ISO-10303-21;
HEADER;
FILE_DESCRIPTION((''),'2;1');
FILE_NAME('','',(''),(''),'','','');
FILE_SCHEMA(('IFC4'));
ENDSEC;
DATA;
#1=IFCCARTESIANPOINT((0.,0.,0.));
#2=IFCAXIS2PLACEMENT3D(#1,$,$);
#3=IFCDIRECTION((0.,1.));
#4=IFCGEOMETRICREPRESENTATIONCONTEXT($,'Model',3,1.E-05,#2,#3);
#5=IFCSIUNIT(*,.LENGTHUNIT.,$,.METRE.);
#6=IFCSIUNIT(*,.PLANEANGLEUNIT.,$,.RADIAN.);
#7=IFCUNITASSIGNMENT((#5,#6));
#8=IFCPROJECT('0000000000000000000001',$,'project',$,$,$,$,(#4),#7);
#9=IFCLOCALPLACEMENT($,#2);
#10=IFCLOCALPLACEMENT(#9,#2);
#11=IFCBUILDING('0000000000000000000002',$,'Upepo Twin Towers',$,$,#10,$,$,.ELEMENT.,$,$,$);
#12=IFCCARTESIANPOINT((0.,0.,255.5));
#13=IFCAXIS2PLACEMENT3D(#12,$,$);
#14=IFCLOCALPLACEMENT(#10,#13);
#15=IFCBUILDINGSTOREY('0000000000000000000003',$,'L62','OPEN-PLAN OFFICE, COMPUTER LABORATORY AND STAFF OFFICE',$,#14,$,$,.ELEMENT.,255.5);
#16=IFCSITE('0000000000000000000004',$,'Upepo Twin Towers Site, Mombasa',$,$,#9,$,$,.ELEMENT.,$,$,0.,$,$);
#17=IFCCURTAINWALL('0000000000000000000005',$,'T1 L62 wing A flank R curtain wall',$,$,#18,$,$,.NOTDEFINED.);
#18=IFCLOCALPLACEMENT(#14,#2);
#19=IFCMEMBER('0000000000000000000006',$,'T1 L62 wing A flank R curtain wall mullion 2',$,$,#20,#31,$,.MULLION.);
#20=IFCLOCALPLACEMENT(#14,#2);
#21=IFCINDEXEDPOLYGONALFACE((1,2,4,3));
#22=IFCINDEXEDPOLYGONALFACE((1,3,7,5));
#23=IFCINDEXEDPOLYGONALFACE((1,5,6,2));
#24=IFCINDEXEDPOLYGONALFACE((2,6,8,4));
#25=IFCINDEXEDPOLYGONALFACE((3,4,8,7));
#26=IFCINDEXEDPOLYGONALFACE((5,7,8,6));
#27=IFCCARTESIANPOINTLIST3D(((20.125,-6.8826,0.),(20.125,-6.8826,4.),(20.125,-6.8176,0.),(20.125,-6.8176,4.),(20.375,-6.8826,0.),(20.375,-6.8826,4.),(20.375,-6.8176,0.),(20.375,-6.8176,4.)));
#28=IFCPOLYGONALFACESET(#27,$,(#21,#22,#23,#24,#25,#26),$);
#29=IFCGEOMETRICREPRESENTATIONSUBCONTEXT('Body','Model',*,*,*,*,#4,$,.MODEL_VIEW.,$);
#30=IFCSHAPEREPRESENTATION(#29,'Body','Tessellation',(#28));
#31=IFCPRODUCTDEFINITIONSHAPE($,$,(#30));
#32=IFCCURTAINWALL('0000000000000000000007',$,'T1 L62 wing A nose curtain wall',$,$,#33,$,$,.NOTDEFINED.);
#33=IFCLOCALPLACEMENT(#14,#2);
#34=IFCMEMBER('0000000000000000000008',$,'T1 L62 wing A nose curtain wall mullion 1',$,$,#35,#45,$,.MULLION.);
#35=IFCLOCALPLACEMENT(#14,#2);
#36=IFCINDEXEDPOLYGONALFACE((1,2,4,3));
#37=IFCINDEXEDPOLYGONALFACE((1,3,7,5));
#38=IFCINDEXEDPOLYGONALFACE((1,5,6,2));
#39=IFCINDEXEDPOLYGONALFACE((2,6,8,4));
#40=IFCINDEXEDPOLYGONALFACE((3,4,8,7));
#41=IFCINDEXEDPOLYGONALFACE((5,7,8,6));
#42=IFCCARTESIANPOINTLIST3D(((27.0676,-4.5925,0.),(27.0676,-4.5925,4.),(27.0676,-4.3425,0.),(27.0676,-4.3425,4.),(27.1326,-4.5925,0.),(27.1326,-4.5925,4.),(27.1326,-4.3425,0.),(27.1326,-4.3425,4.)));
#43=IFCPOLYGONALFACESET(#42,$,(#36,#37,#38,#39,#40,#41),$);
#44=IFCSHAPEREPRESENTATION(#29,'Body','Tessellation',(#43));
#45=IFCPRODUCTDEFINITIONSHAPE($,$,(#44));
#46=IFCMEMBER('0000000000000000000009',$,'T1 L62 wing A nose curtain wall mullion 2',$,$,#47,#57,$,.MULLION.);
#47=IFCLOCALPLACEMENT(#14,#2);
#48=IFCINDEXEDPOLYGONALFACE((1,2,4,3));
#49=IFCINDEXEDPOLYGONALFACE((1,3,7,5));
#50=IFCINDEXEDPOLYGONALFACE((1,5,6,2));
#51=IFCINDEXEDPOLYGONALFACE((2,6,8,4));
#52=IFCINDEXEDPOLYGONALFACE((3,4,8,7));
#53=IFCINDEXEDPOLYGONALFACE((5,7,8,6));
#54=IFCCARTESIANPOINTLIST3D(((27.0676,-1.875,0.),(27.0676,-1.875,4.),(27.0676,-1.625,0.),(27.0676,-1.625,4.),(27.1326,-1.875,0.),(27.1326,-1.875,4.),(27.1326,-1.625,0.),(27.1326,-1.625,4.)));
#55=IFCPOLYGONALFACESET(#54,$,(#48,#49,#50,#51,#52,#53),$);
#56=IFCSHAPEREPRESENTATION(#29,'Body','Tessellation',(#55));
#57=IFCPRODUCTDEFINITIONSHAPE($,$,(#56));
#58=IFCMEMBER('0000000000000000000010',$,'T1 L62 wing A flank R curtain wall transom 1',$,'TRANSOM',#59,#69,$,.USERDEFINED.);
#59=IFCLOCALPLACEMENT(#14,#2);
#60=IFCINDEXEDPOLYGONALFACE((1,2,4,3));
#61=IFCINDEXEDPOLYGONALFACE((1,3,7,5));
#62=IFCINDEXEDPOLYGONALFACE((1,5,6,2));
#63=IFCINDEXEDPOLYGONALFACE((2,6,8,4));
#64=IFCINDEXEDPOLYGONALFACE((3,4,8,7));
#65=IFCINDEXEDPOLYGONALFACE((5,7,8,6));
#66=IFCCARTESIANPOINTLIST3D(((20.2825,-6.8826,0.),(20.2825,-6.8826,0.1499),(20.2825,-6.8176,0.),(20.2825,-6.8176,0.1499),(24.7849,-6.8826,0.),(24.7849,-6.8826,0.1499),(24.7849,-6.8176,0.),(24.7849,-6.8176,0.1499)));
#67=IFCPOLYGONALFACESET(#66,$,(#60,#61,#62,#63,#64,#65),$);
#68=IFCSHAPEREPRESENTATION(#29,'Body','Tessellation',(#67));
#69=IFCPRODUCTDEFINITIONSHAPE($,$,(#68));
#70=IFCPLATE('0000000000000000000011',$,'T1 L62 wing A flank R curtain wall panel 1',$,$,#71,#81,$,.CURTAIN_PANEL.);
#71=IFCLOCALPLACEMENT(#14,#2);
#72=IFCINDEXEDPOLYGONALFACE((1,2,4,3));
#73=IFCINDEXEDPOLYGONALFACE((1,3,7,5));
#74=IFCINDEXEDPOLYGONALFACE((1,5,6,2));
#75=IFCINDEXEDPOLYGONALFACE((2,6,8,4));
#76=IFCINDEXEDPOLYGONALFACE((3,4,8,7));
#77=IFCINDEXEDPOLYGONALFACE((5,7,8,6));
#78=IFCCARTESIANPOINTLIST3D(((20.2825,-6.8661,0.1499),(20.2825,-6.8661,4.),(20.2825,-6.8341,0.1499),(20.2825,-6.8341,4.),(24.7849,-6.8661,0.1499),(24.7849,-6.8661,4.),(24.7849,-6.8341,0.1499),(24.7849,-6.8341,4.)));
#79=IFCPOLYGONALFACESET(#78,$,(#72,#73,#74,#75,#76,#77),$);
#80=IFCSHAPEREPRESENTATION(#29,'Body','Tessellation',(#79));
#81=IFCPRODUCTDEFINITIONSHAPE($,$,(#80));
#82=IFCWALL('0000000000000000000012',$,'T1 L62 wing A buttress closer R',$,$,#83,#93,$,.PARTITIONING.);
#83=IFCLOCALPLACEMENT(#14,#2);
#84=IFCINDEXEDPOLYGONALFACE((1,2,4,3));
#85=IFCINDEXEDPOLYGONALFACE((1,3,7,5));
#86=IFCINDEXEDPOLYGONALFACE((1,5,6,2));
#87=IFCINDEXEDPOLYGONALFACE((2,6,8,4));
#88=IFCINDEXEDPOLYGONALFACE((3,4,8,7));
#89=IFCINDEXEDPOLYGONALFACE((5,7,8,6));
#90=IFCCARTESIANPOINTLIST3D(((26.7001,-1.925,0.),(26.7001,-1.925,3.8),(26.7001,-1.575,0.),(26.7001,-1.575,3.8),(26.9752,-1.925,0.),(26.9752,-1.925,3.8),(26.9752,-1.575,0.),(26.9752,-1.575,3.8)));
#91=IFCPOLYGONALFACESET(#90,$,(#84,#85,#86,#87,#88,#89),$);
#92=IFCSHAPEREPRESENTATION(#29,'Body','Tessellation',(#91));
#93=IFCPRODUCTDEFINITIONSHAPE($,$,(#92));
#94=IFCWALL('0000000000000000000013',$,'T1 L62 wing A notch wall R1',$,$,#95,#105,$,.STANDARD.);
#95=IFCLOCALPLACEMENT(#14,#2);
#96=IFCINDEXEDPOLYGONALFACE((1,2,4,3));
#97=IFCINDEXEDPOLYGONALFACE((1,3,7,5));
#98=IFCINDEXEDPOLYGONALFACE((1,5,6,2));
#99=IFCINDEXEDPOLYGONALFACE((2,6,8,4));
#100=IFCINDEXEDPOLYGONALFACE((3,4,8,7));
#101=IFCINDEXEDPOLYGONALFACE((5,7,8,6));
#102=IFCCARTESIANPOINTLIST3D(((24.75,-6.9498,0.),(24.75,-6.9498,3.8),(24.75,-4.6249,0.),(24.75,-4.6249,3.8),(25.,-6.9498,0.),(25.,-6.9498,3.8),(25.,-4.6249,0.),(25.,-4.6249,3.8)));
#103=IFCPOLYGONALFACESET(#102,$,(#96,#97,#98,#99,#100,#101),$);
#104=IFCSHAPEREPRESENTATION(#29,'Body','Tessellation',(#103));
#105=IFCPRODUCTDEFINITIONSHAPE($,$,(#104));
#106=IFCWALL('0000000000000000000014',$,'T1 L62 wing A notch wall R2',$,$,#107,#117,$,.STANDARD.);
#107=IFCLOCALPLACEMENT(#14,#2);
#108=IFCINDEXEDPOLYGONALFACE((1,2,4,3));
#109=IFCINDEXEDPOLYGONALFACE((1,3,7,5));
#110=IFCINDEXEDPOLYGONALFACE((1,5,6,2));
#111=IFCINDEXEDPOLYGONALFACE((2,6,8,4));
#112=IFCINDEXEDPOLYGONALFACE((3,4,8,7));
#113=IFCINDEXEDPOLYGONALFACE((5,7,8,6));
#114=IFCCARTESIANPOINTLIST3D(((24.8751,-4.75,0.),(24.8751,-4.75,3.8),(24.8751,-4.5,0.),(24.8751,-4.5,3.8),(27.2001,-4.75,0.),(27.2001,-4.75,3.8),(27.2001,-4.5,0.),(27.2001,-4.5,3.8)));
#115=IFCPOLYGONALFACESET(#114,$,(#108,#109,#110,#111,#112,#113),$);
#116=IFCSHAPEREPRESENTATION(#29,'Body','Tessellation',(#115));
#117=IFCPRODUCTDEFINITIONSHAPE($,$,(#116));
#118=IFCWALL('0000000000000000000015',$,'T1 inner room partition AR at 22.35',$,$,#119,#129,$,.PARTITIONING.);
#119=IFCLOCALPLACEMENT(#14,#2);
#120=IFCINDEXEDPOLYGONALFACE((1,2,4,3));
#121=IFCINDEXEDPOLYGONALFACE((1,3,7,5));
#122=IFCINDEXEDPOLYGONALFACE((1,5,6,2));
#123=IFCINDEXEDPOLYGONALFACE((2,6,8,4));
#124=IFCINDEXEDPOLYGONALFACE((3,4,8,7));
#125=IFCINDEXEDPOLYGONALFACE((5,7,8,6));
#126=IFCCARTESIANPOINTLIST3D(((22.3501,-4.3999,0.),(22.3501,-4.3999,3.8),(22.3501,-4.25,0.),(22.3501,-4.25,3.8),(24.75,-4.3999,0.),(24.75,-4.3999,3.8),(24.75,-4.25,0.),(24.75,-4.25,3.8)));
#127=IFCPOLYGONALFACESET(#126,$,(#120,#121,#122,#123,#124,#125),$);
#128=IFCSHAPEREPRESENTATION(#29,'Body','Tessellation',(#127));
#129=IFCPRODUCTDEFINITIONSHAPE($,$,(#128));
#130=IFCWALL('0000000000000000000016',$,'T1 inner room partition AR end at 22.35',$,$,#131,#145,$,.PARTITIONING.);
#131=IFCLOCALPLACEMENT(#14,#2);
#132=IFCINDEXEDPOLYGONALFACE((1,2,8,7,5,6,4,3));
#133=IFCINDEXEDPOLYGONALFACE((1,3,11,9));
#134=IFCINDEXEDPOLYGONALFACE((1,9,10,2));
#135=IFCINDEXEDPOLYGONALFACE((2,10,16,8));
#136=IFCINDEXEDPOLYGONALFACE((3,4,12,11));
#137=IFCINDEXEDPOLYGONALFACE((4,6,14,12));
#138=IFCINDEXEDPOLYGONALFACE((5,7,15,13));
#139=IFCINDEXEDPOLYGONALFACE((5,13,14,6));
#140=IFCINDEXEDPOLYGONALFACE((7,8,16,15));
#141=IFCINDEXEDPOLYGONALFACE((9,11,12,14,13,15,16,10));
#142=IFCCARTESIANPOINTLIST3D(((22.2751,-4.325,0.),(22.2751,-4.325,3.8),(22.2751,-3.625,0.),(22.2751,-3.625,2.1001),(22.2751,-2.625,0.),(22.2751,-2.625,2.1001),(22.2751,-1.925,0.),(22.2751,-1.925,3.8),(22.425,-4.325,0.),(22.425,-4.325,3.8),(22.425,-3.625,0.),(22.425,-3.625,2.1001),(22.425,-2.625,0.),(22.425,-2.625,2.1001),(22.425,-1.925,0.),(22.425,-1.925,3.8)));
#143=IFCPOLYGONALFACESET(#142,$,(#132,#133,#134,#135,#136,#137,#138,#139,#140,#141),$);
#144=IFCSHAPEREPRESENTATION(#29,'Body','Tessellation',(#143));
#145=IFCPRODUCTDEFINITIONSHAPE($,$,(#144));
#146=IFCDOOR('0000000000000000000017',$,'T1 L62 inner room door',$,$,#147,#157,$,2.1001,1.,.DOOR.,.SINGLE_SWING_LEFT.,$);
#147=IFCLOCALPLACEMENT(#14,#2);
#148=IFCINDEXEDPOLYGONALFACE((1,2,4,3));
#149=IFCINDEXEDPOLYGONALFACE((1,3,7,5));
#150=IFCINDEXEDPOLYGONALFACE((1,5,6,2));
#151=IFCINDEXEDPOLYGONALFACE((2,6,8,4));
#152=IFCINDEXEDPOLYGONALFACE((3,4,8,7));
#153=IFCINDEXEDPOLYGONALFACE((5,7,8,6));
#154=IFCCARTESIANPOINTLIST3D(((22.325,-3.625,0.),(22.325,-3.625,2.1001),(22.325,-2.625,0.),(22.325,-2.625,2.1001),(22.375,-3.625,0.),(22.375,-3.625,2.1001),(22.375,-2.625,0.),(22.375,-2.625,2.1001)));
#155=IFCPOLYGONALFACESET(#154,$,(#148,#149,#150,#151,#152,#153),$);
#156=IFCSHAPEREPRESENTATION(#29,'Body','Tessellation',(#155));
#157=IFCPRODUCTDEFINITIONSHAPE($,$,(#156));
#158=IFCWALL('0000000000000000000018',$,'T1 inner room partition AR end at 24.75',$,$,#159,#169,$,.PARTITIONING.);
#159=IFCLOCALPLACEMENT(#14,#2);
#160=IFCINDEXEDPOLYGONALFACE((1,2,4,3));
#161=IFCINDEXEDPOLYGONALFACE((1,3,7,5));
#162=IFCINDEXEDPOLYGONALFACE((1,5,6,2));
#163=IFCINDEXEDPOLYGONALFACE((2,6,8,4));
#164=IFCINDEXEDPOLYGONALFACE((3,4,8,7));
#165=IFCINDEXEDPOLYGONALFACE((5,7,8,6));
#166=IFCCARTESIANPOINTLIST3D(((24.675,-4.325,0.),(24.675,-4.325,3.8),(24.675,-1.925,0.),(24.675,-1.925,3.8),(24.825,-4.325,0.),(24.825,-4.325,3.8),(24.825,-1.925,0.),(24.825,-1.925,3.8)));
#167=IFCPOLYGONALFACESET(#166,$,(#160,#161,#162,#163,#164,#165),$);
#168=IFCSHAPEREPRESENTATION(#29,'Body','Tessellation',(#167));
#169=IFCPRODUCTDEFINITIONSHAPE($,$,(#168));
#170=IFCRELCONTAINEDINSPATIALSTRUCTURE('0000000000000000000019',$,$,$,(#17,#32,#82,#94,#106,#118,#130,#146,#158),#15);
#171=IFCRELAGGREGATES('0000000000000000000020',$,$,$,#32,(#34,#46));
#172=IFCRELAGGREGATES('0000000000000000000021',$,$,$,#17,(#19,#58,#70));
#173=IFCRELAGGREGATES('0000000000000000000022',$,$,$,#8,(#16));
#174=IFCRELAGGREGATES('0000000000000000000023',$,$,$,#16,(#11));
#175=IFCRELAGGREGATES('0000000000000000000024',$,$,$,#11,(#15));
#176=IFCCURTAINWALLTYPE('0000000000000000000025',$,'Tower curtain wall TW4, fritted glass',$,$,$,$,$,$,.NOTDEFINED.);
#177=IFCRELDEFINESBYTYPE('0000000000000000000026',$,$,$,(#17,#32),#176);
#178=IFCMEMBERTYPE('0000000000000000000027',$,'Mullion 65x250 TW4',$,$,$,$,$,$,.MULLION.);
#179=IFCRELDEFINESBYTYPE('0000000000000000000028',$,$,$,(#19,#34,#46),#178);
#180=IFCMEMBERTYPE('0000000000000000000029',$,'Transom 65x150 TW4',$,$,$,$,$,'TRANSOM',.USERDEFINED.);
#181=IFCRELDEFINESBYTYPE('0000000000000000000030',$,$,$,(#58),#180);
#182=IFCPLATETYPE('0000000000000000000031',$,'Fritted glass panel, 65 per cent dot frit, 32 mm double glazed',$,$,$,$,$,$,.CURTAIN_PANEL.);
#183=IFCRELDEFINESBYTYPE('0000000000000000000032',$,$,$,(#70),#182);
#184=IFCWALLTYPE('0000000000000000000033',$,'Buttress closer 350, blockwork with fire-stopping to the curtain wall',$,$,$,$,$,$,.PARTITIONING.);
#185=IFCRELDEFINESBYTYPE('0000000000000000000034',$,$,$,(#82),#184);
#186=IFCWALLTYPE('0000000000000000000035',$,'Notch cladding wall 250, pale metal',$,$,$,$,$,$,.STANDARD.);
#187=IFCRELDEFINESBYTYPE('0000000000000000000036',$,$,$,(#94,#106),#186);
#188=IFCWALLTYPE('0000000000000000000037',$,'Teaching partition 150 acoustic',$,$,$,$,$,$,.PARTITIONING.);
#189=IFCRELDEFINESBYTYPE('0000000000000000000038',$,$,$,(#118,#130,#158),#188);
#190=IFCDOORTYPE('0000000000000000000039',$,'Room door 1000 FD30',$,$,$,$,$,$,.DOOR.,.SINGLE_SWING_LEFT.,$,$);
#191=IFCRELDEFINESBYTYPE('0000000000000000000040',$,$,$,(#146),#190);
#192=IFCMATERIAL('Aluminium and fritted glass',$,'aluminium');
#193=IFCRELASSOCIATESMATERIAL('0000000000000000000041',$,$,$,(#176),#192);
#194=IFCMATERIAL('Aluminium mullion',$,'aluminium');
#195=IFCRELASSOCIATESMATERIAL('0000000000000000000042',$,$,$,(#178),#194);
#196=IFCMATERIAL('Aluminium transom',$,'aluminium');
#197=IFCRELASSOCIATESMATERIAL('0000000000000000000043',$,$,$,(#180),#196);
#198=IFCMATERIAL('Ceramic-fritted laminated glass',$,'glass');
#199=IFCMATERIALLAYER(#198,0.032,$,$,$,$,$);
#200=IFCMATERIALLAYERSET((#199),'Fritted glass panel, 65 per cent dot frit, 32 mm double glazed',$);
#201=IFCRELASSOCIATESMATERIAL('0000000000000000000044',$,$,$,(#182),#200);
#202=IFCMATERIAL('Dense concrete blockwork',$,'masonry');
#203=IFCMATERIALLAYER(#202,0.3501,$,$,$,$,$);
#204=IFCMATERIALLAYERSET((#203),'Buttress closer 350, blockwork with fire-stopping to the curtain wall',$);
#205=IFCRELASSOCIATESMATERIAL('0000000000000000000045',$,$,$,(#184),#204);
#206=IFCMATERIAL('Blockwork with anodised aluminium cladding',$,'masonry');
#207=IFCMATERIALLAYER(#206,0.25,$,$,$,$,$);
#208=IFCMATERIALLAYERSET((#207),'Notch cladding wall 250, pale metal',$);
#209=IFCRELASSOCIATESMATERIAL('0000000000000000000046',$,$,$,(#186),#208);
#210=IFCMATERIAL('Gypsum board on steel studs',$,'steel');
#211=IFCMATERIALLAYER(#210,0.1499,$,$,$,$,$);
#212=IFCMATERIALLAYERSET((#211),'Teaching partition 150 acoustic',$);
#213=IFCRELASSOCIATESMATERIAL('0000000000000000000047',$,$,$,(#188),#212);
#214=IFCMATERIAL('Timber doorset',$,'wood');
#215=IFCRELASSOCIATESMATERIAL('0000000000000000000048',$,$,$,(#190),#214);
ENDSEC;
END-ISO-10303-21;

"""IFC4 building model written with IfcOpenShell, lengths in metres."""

from ifc_helpers import new_model, si_unit, direction, frame, frame_2d, origin, origin_2d, place, context, subcontext, project, spatial, rectangle, extrude, material, layer, layer_set, material_profile, profile_set, type_object, element, fill, aggregate, save


model = new_model("IFC4")

# Units and contexts
model_context = context("Model", 3, precision=1e-05, world=origin(), true_north=direction((0.0, 1.0)))
body_context = subcontext(model_context, "Body", "Model", "MODEL_VIEW")
ifc_project = project(units=[si_unit("LENGTHUNIT", "METRE"), si_unit("PLANEANGLEUNIT", "RADIAN")], contexts=[model_context])

# Site, building, storey
site_placement = place(None, origin())
site = spatial("IfcSite", under=ifc_project, at=site_placement, Name="Upepo Twin Towers Site, Mombasa", CompositionType="ELEMENT", RefElevation=0.0)
building_placement = place(site_placement, origin())
building = spatial("IfcBuilding", under=site, at=building_placement, Name="Upepo Twin Towers", CompositionType="ELEMENT")
storey_placement = place(building_placement, frame((0.0, 0.0, 255.5)))
storey = spatial("IfcBuildingStorey", under=building, at=storey_placement, Name="L62", Description="OPEN-PLAN OFFICE, COMPUTER LABORATORY AND STAFF OFFICE", CompositionType="ELEMENT", Elevation=255.5)

# Curtain walls, members
ifc_material_1 = material(Name="Aluminium and fritted glass", Category="aluminium")
curtain_wall_type = type_object("IfcCurtainWallType", Name="Tower curtain wall TW4, fritted glass", PredefinedType="NOTDEFINED", material=ifc_material_1)
curtain_wall_1_placement = place(storey_placement, origin())
curtain_wall_1 = element("IfcCurtainWall", 1, at=curtain_wall_1_placement, inside=storey, type_object=curtain_wall_type, Name="T1 L62 wing A flank R curtain wall", PredefinedType="NOTDEFINED")
ifc_material_2 = material(Name="Aluminium mullion", Category="aluminium")
ifc_material_profile_1 = material_profile(ifc_material_2, rectangle(XDim=0.0649, YDim=0.25, at=origin_2d()), Name="MULLION 65x250")
ifc_profile_set_1 = profile_set([ifc_material_profile_1], Name="Aluminium mullion")
member_type_1 = type_object("IfcMemberType", Name="Mullion 65x250 TW4", PredefinedType="MULLION", material=ifc_profile_set_1)
member_1_placement = place(storey_placement, frame((20.25, -6.8501, 0.0), z_axis=(0.0, 0.0, 1.0), x_axis=(0.0, -1.0, 0.0)))
member_1 = element("IfcMember", 2, at=member_1_placement, type_object=member_type_1, Name="T1 L62 wing A flank R curtain wall mullion 2", PredefinedType="MULLION", context=body_context, shape_type="SweptSolid", body=[
    extrude(rectangle(XDim=0.0649, YDim=0.25, at=origin_2d()), origin(), (0.0, 0.0, 1.0), 4.0),
])
curtain_wall_2_placement = place(storey_placement, origin())
curtain_wall_2 = element("IfcCurtainWall", 3, at=curtain_wall_2_placement, inside=storey, type_object=curtain_wall_type, Name="T1 L62 wing A nose curtain wall", PredefinedType="NOTDEFINED")
member_2_placement = place(storey_placement, frame((27.1001, -4.4675, 0.0), z_axis=(0.0, 0.0, 1.0), x_axis=(-1.0, 0.0, 0.0)))
member_2 = element("IfcMember", 4, at=member_2_placement, type_object=member_type_1, Name="T1 L62 wing A nose curtain wall mullion 1", PredefinedType="MULLION", context=body_context, shape_type="SweptSolid", body=[
    extrude(rectangle(XDim=0.0649, YDim=0.25, at=origin_2d()), origin(), (0.0, 0.0, 1.0), 4.0),
])
member_3_placement = place(storey_placement, frame((27.1001, -1.75, 0.0), z_axis=(0.0, 0.0, 1.0), x_axis=(-1.0, 0.0, 0.0)))
member_3 = element("IfcMember", 5, at=member_3_placement, type_object=member_type_1, Name="T1 L62 wing A nose curtain wall mullion 2", PredefinedType="MULLION", context=body_context, shape_type="SweptSolid", body=[
    extrude(rectangle(XDim=0.0649, YDim=0.25, at=origin_2d()), origin(), (0.0, 0.0, 1.0), 4.0),
])
aggregate(curtain_wall_2, [member_2, member_3])

# Member
ifc_material_3 = material(Name="Aluminium transom", Category="aluminium")
ifc_material_profile_2 = material_profile(ifc_material_3, rectangle(XDim=0.0649, YDim=0.1499, at=origin_2d()), Name="TRANSOM 65x150")
ifc_profile_set_2 = profile_set([ifc_material_profile_2], Name="Aluminium transom")
member_type_2 = type_object("IfcMemberType", Name="Transom 65x150 TW4", ElementType="TRANSOM", PredefinedType="USERDEFINED", material=ifc_profile_set_2)
member_4_placement = place(storey_placement, frame((24.7849, -6.8501, 0.075), z_axis=(-1.0, 0.0, 0.0), x_axis=(0.0, -1.0, 0.0)))
member_4 = element("IfcMember", 6, at=member_4_placement, type_object=member_type_2, Name="T1 L62 wing A flank R curtain wall transom 1", ObjectType="TRANSOM", PredefinedType="USERDEFINED", context=body_context, shape_type="SweptSolid", body=[
    extrude(rectangle(XDim=0.0649, YDim=0.1499, at=origin_2d()), origin(), (0.0, 0.0, 1.0), 4.5024),
])

# Plate
ifc_material_4 = material(Name="Ceramic-fritted laminated glass", Category="glass")
ifc_layer_1 = layer(ifc_material_4, 0.032)
ifc_layer_set_1 = layer_set([ifc_layer_1], Name="Fritted glass panel, 65 per cent dot frit, 32 mm double glazed")
plate_type = type_object("IfcPlateType", Name="Fritted glass panel, 65 per cent dot frit, 32 mm double glazed", PredefinedType="CURTAIN_PANEL", material=ifc_layer_set_1)
plate_placement = place(storey_placement, frame((22.5337, -6.8501, 0.1499), z_axis=(0.0, 0.0, 1.0), x_axis=(-1.0, 0.0, 0.0)))
plate = element("IfcPlate", 7, at=plate_placement, type_object=plate_type, Name="T1 L62 wing A flank R curtain wall panel 1", PredefinedType="CURTAIN_PANEL", context=body_context, shape_type="SweptSolid", body=[
    extrude(rectangle(XDim=4.5024, YDim=0.032, at=origin_2d()), origin(), (0.0, 0.0, 1.0), 3.8501),
])
aggregate(curtain_wall_1, [member_1, member_4, plate])

# Walls
ifc_material_5 = material(Name="Dense concrete blockwork", Category="masonry")
ifc_layer_2 = layer(ifc_material_5, 0.3501)
ifc_layer_set_2 = layer_set([ifc_layer_2], Name="Buttress closer 350, blockwork with fire-stopping to the curtain wall")
wall_type_1 = type_object("IfcWallType", Name="Buttress closer 350, blockwork with fire-stopping to the curtain wall", PredefinedType="PARTITIONING", material=ifc_layer_set_2)
wall_1_placement = place(storey_placement, frame((26.7, -1.75, 0.0), z_axis=(0.0, 0.0, 1.0), x_axis=(1.0, 0.0, 0.0)))
element("IfcWall", 8, at=wall_1_placement, inside=storey, type_object=wall_type_1, Name="T1 L62 wing A buttress closer R", PredefinedType="PARTITIONING", context=body_context, shape_type="SweptSolid", body=[
    extrude(rectangle(XDim=0.2751, YDim=0.3501, at=frame_2d((0.1377, 0.0))), origin(), (0.0, 0.0, 1.0), 3.8),
])
ifc_material_6 = material(Name="Blockwork with anodised aluminium cladding", Category="masonry")
ifc_layer_3 = layer(ifc_material_6, 0.25)
ifc_layer_set_3 = layer_set([ifc_layer_3], Name="Notch cladding wall 250, pale metal")
wall_type_2 = type_object("IfcWallType", Name="Notch cladding wall 250, pale metal", PredefinedType="STANDARD", material=ifc_layer_set_3)
for number, where, z_axis, x_axis, name in (
    (9, (24.875, -6.95, 0.0), (0.0, 0.0, 1.0), (0.0, 1.0, 0.0), "T1 L62 wing A notch wall R1"),
    (10, (24.875, -4.625, 0.0), (0.0, 0.0, 1.0), (1.0, 0.0, 0.0), "T1 L62 wing A notch wall R2"),
):
    element("IfcWall", number, at=place(storey_placement, frame(where, z_axis=z_axis, x_axis=x_axis)), inside=storey, type_object=wall_type_2, Name=name, PredefinedType="STANDARD", context=body_context, shape_type="SweptSolid", body=[
        extrude(rectangle(XDim=2.325, YDim=0.25, at=frame_2d((1.1626, 0.0))), origin(), (0.0, 0.0, 1.0), 3.8),
    ])
ifc_material_7 = material(Name="Gypsum board on steel studs", Category="steel")
ifc_layer_4 = layer(ifc_material_7, 0.1499)
ifc_layer_set_4 = layer_set([ifc_layer_4], Name="Teaching partition 150 acoustic")
wall_type_3 = type_object("IfcWallType", Name="Teaching partition 150 acoustic", PredefinedType="PARTITIONING", material=ifc_layer_set_4)
wall_2_placement = place(storey_placement, frame((22.3501, -4.325, 0.0), z_axis=(0.0, 0.0, 1.0), x_axis=(1.0, 0.0, 0.0)))
element("IfcWall", 11, at=wall_2_placement, inside=storey, type_object=wall_type_3, Name="T1 inner room partition AR at 22.35", PredefinedType="PARTITIONING", context=body_context, shape_type="SweptSolid", body=[
    extrude(rectangle(XDim=2.3999, YDim=0.1499, at=frame_2d((1.2, 0.0))), origin(), (0.0, 0.0, 1.0), 3.8),
])

# Wall, opening, door
wall_3_placement = place(storey_placement, frame((22.3501, -1.925, 0.0), z_axis=(0.0, 0.0, 1.0), x_axis=(0.0, -1.0, 0.0)))
wall_3 = element("IfcWall", 12, at=wall_3_placement, inside=storey, type_object=wall_type_3, Name="T1 inner room partition AR end at 22.35", PredefinedType="PARTITIONING", context=body_context, shape_type="SweptSolid", body=[
    extrude(rectangle(XDim=2.3999, YDim=0.1499, at=frame_2d((1.2, 0.0))), origin(), (0.0, 0.0, 1.0), 3.8),
])
opening_placement = place(wall_3_placement, frame((0.7, 0.0, 0.0)))
opening = element("IfcOpeningElement", 13, at=opening_placement, cuts=wall_3, PredefinedType="OPENING", context=body_context, shape_type="SweptSolid", body=[
    extrude(rectangle(XDim=1.0, YDim=2.1001, at=frame_2d((0.5, 1.05))), frame((0.0, 0.085, 0.0), z_axis=(0.0, -1.0, 0.0), x_axis=(1.0, 0.0, 0.0)), (0.0, 0.0, 1.0), 0.1699),
])
ifc_material_8 = material(Name="Timber doorset", Category="wood")
door_type = type_object("IfcDoorType", Name="Room door 1000 FD30", OperationType="SINGLE_SWING_LEFT", PredefinedType="DOOR", material=ifc_material_8)
door_placement = place(opening_placement, origin())
door = element("IfcDoor", 14, at=door_placement, inside=storey, type_object=door_type, Name="T1 L62 inner room door", OperationType="SINGLE_SWING_LEFT", OverallHeight=2.1001, OverallWidth=1.0, PredefinedType="DOOR", context=body_context, shape_type="SweptSolid", body=[
    extrude(rectangle(XDim=1.0, YDim=2.1001, at=frame_2d((0.5, 1.05))), frame((0.0, 0.0249, 0.0), z_axis=(0.0, -1.0, 0.0), x_axis=(1.0, 0.0, 0.0)), (0.0, 0.0, 1.0), 0.05),
])
fill(opening, door)

# Wall
wall_4_placement = place(storey_placement, frame((24.75, -1.925, 0.0), z_axis=(0.0, 0.0, 1.0), x_axis=(0.0, -1.0, 0.0)))
element("IfcWall", 15, at=wall_4_placement, inside=storey, type_object=wall_type_3, Name="T1 inner room partition AR end at 24.75", PredefinedType="PARTITIONING", context=body_context, shape_type="SweptSolid", body=[
    extrude(rectangle(XDim=2.3999, YDim=0.1499, at=frame_2d((1.2, 0.0))), origin(), (0.0, 0.0, 1.0), 3.8),
])

save(model, "model.ifc")
